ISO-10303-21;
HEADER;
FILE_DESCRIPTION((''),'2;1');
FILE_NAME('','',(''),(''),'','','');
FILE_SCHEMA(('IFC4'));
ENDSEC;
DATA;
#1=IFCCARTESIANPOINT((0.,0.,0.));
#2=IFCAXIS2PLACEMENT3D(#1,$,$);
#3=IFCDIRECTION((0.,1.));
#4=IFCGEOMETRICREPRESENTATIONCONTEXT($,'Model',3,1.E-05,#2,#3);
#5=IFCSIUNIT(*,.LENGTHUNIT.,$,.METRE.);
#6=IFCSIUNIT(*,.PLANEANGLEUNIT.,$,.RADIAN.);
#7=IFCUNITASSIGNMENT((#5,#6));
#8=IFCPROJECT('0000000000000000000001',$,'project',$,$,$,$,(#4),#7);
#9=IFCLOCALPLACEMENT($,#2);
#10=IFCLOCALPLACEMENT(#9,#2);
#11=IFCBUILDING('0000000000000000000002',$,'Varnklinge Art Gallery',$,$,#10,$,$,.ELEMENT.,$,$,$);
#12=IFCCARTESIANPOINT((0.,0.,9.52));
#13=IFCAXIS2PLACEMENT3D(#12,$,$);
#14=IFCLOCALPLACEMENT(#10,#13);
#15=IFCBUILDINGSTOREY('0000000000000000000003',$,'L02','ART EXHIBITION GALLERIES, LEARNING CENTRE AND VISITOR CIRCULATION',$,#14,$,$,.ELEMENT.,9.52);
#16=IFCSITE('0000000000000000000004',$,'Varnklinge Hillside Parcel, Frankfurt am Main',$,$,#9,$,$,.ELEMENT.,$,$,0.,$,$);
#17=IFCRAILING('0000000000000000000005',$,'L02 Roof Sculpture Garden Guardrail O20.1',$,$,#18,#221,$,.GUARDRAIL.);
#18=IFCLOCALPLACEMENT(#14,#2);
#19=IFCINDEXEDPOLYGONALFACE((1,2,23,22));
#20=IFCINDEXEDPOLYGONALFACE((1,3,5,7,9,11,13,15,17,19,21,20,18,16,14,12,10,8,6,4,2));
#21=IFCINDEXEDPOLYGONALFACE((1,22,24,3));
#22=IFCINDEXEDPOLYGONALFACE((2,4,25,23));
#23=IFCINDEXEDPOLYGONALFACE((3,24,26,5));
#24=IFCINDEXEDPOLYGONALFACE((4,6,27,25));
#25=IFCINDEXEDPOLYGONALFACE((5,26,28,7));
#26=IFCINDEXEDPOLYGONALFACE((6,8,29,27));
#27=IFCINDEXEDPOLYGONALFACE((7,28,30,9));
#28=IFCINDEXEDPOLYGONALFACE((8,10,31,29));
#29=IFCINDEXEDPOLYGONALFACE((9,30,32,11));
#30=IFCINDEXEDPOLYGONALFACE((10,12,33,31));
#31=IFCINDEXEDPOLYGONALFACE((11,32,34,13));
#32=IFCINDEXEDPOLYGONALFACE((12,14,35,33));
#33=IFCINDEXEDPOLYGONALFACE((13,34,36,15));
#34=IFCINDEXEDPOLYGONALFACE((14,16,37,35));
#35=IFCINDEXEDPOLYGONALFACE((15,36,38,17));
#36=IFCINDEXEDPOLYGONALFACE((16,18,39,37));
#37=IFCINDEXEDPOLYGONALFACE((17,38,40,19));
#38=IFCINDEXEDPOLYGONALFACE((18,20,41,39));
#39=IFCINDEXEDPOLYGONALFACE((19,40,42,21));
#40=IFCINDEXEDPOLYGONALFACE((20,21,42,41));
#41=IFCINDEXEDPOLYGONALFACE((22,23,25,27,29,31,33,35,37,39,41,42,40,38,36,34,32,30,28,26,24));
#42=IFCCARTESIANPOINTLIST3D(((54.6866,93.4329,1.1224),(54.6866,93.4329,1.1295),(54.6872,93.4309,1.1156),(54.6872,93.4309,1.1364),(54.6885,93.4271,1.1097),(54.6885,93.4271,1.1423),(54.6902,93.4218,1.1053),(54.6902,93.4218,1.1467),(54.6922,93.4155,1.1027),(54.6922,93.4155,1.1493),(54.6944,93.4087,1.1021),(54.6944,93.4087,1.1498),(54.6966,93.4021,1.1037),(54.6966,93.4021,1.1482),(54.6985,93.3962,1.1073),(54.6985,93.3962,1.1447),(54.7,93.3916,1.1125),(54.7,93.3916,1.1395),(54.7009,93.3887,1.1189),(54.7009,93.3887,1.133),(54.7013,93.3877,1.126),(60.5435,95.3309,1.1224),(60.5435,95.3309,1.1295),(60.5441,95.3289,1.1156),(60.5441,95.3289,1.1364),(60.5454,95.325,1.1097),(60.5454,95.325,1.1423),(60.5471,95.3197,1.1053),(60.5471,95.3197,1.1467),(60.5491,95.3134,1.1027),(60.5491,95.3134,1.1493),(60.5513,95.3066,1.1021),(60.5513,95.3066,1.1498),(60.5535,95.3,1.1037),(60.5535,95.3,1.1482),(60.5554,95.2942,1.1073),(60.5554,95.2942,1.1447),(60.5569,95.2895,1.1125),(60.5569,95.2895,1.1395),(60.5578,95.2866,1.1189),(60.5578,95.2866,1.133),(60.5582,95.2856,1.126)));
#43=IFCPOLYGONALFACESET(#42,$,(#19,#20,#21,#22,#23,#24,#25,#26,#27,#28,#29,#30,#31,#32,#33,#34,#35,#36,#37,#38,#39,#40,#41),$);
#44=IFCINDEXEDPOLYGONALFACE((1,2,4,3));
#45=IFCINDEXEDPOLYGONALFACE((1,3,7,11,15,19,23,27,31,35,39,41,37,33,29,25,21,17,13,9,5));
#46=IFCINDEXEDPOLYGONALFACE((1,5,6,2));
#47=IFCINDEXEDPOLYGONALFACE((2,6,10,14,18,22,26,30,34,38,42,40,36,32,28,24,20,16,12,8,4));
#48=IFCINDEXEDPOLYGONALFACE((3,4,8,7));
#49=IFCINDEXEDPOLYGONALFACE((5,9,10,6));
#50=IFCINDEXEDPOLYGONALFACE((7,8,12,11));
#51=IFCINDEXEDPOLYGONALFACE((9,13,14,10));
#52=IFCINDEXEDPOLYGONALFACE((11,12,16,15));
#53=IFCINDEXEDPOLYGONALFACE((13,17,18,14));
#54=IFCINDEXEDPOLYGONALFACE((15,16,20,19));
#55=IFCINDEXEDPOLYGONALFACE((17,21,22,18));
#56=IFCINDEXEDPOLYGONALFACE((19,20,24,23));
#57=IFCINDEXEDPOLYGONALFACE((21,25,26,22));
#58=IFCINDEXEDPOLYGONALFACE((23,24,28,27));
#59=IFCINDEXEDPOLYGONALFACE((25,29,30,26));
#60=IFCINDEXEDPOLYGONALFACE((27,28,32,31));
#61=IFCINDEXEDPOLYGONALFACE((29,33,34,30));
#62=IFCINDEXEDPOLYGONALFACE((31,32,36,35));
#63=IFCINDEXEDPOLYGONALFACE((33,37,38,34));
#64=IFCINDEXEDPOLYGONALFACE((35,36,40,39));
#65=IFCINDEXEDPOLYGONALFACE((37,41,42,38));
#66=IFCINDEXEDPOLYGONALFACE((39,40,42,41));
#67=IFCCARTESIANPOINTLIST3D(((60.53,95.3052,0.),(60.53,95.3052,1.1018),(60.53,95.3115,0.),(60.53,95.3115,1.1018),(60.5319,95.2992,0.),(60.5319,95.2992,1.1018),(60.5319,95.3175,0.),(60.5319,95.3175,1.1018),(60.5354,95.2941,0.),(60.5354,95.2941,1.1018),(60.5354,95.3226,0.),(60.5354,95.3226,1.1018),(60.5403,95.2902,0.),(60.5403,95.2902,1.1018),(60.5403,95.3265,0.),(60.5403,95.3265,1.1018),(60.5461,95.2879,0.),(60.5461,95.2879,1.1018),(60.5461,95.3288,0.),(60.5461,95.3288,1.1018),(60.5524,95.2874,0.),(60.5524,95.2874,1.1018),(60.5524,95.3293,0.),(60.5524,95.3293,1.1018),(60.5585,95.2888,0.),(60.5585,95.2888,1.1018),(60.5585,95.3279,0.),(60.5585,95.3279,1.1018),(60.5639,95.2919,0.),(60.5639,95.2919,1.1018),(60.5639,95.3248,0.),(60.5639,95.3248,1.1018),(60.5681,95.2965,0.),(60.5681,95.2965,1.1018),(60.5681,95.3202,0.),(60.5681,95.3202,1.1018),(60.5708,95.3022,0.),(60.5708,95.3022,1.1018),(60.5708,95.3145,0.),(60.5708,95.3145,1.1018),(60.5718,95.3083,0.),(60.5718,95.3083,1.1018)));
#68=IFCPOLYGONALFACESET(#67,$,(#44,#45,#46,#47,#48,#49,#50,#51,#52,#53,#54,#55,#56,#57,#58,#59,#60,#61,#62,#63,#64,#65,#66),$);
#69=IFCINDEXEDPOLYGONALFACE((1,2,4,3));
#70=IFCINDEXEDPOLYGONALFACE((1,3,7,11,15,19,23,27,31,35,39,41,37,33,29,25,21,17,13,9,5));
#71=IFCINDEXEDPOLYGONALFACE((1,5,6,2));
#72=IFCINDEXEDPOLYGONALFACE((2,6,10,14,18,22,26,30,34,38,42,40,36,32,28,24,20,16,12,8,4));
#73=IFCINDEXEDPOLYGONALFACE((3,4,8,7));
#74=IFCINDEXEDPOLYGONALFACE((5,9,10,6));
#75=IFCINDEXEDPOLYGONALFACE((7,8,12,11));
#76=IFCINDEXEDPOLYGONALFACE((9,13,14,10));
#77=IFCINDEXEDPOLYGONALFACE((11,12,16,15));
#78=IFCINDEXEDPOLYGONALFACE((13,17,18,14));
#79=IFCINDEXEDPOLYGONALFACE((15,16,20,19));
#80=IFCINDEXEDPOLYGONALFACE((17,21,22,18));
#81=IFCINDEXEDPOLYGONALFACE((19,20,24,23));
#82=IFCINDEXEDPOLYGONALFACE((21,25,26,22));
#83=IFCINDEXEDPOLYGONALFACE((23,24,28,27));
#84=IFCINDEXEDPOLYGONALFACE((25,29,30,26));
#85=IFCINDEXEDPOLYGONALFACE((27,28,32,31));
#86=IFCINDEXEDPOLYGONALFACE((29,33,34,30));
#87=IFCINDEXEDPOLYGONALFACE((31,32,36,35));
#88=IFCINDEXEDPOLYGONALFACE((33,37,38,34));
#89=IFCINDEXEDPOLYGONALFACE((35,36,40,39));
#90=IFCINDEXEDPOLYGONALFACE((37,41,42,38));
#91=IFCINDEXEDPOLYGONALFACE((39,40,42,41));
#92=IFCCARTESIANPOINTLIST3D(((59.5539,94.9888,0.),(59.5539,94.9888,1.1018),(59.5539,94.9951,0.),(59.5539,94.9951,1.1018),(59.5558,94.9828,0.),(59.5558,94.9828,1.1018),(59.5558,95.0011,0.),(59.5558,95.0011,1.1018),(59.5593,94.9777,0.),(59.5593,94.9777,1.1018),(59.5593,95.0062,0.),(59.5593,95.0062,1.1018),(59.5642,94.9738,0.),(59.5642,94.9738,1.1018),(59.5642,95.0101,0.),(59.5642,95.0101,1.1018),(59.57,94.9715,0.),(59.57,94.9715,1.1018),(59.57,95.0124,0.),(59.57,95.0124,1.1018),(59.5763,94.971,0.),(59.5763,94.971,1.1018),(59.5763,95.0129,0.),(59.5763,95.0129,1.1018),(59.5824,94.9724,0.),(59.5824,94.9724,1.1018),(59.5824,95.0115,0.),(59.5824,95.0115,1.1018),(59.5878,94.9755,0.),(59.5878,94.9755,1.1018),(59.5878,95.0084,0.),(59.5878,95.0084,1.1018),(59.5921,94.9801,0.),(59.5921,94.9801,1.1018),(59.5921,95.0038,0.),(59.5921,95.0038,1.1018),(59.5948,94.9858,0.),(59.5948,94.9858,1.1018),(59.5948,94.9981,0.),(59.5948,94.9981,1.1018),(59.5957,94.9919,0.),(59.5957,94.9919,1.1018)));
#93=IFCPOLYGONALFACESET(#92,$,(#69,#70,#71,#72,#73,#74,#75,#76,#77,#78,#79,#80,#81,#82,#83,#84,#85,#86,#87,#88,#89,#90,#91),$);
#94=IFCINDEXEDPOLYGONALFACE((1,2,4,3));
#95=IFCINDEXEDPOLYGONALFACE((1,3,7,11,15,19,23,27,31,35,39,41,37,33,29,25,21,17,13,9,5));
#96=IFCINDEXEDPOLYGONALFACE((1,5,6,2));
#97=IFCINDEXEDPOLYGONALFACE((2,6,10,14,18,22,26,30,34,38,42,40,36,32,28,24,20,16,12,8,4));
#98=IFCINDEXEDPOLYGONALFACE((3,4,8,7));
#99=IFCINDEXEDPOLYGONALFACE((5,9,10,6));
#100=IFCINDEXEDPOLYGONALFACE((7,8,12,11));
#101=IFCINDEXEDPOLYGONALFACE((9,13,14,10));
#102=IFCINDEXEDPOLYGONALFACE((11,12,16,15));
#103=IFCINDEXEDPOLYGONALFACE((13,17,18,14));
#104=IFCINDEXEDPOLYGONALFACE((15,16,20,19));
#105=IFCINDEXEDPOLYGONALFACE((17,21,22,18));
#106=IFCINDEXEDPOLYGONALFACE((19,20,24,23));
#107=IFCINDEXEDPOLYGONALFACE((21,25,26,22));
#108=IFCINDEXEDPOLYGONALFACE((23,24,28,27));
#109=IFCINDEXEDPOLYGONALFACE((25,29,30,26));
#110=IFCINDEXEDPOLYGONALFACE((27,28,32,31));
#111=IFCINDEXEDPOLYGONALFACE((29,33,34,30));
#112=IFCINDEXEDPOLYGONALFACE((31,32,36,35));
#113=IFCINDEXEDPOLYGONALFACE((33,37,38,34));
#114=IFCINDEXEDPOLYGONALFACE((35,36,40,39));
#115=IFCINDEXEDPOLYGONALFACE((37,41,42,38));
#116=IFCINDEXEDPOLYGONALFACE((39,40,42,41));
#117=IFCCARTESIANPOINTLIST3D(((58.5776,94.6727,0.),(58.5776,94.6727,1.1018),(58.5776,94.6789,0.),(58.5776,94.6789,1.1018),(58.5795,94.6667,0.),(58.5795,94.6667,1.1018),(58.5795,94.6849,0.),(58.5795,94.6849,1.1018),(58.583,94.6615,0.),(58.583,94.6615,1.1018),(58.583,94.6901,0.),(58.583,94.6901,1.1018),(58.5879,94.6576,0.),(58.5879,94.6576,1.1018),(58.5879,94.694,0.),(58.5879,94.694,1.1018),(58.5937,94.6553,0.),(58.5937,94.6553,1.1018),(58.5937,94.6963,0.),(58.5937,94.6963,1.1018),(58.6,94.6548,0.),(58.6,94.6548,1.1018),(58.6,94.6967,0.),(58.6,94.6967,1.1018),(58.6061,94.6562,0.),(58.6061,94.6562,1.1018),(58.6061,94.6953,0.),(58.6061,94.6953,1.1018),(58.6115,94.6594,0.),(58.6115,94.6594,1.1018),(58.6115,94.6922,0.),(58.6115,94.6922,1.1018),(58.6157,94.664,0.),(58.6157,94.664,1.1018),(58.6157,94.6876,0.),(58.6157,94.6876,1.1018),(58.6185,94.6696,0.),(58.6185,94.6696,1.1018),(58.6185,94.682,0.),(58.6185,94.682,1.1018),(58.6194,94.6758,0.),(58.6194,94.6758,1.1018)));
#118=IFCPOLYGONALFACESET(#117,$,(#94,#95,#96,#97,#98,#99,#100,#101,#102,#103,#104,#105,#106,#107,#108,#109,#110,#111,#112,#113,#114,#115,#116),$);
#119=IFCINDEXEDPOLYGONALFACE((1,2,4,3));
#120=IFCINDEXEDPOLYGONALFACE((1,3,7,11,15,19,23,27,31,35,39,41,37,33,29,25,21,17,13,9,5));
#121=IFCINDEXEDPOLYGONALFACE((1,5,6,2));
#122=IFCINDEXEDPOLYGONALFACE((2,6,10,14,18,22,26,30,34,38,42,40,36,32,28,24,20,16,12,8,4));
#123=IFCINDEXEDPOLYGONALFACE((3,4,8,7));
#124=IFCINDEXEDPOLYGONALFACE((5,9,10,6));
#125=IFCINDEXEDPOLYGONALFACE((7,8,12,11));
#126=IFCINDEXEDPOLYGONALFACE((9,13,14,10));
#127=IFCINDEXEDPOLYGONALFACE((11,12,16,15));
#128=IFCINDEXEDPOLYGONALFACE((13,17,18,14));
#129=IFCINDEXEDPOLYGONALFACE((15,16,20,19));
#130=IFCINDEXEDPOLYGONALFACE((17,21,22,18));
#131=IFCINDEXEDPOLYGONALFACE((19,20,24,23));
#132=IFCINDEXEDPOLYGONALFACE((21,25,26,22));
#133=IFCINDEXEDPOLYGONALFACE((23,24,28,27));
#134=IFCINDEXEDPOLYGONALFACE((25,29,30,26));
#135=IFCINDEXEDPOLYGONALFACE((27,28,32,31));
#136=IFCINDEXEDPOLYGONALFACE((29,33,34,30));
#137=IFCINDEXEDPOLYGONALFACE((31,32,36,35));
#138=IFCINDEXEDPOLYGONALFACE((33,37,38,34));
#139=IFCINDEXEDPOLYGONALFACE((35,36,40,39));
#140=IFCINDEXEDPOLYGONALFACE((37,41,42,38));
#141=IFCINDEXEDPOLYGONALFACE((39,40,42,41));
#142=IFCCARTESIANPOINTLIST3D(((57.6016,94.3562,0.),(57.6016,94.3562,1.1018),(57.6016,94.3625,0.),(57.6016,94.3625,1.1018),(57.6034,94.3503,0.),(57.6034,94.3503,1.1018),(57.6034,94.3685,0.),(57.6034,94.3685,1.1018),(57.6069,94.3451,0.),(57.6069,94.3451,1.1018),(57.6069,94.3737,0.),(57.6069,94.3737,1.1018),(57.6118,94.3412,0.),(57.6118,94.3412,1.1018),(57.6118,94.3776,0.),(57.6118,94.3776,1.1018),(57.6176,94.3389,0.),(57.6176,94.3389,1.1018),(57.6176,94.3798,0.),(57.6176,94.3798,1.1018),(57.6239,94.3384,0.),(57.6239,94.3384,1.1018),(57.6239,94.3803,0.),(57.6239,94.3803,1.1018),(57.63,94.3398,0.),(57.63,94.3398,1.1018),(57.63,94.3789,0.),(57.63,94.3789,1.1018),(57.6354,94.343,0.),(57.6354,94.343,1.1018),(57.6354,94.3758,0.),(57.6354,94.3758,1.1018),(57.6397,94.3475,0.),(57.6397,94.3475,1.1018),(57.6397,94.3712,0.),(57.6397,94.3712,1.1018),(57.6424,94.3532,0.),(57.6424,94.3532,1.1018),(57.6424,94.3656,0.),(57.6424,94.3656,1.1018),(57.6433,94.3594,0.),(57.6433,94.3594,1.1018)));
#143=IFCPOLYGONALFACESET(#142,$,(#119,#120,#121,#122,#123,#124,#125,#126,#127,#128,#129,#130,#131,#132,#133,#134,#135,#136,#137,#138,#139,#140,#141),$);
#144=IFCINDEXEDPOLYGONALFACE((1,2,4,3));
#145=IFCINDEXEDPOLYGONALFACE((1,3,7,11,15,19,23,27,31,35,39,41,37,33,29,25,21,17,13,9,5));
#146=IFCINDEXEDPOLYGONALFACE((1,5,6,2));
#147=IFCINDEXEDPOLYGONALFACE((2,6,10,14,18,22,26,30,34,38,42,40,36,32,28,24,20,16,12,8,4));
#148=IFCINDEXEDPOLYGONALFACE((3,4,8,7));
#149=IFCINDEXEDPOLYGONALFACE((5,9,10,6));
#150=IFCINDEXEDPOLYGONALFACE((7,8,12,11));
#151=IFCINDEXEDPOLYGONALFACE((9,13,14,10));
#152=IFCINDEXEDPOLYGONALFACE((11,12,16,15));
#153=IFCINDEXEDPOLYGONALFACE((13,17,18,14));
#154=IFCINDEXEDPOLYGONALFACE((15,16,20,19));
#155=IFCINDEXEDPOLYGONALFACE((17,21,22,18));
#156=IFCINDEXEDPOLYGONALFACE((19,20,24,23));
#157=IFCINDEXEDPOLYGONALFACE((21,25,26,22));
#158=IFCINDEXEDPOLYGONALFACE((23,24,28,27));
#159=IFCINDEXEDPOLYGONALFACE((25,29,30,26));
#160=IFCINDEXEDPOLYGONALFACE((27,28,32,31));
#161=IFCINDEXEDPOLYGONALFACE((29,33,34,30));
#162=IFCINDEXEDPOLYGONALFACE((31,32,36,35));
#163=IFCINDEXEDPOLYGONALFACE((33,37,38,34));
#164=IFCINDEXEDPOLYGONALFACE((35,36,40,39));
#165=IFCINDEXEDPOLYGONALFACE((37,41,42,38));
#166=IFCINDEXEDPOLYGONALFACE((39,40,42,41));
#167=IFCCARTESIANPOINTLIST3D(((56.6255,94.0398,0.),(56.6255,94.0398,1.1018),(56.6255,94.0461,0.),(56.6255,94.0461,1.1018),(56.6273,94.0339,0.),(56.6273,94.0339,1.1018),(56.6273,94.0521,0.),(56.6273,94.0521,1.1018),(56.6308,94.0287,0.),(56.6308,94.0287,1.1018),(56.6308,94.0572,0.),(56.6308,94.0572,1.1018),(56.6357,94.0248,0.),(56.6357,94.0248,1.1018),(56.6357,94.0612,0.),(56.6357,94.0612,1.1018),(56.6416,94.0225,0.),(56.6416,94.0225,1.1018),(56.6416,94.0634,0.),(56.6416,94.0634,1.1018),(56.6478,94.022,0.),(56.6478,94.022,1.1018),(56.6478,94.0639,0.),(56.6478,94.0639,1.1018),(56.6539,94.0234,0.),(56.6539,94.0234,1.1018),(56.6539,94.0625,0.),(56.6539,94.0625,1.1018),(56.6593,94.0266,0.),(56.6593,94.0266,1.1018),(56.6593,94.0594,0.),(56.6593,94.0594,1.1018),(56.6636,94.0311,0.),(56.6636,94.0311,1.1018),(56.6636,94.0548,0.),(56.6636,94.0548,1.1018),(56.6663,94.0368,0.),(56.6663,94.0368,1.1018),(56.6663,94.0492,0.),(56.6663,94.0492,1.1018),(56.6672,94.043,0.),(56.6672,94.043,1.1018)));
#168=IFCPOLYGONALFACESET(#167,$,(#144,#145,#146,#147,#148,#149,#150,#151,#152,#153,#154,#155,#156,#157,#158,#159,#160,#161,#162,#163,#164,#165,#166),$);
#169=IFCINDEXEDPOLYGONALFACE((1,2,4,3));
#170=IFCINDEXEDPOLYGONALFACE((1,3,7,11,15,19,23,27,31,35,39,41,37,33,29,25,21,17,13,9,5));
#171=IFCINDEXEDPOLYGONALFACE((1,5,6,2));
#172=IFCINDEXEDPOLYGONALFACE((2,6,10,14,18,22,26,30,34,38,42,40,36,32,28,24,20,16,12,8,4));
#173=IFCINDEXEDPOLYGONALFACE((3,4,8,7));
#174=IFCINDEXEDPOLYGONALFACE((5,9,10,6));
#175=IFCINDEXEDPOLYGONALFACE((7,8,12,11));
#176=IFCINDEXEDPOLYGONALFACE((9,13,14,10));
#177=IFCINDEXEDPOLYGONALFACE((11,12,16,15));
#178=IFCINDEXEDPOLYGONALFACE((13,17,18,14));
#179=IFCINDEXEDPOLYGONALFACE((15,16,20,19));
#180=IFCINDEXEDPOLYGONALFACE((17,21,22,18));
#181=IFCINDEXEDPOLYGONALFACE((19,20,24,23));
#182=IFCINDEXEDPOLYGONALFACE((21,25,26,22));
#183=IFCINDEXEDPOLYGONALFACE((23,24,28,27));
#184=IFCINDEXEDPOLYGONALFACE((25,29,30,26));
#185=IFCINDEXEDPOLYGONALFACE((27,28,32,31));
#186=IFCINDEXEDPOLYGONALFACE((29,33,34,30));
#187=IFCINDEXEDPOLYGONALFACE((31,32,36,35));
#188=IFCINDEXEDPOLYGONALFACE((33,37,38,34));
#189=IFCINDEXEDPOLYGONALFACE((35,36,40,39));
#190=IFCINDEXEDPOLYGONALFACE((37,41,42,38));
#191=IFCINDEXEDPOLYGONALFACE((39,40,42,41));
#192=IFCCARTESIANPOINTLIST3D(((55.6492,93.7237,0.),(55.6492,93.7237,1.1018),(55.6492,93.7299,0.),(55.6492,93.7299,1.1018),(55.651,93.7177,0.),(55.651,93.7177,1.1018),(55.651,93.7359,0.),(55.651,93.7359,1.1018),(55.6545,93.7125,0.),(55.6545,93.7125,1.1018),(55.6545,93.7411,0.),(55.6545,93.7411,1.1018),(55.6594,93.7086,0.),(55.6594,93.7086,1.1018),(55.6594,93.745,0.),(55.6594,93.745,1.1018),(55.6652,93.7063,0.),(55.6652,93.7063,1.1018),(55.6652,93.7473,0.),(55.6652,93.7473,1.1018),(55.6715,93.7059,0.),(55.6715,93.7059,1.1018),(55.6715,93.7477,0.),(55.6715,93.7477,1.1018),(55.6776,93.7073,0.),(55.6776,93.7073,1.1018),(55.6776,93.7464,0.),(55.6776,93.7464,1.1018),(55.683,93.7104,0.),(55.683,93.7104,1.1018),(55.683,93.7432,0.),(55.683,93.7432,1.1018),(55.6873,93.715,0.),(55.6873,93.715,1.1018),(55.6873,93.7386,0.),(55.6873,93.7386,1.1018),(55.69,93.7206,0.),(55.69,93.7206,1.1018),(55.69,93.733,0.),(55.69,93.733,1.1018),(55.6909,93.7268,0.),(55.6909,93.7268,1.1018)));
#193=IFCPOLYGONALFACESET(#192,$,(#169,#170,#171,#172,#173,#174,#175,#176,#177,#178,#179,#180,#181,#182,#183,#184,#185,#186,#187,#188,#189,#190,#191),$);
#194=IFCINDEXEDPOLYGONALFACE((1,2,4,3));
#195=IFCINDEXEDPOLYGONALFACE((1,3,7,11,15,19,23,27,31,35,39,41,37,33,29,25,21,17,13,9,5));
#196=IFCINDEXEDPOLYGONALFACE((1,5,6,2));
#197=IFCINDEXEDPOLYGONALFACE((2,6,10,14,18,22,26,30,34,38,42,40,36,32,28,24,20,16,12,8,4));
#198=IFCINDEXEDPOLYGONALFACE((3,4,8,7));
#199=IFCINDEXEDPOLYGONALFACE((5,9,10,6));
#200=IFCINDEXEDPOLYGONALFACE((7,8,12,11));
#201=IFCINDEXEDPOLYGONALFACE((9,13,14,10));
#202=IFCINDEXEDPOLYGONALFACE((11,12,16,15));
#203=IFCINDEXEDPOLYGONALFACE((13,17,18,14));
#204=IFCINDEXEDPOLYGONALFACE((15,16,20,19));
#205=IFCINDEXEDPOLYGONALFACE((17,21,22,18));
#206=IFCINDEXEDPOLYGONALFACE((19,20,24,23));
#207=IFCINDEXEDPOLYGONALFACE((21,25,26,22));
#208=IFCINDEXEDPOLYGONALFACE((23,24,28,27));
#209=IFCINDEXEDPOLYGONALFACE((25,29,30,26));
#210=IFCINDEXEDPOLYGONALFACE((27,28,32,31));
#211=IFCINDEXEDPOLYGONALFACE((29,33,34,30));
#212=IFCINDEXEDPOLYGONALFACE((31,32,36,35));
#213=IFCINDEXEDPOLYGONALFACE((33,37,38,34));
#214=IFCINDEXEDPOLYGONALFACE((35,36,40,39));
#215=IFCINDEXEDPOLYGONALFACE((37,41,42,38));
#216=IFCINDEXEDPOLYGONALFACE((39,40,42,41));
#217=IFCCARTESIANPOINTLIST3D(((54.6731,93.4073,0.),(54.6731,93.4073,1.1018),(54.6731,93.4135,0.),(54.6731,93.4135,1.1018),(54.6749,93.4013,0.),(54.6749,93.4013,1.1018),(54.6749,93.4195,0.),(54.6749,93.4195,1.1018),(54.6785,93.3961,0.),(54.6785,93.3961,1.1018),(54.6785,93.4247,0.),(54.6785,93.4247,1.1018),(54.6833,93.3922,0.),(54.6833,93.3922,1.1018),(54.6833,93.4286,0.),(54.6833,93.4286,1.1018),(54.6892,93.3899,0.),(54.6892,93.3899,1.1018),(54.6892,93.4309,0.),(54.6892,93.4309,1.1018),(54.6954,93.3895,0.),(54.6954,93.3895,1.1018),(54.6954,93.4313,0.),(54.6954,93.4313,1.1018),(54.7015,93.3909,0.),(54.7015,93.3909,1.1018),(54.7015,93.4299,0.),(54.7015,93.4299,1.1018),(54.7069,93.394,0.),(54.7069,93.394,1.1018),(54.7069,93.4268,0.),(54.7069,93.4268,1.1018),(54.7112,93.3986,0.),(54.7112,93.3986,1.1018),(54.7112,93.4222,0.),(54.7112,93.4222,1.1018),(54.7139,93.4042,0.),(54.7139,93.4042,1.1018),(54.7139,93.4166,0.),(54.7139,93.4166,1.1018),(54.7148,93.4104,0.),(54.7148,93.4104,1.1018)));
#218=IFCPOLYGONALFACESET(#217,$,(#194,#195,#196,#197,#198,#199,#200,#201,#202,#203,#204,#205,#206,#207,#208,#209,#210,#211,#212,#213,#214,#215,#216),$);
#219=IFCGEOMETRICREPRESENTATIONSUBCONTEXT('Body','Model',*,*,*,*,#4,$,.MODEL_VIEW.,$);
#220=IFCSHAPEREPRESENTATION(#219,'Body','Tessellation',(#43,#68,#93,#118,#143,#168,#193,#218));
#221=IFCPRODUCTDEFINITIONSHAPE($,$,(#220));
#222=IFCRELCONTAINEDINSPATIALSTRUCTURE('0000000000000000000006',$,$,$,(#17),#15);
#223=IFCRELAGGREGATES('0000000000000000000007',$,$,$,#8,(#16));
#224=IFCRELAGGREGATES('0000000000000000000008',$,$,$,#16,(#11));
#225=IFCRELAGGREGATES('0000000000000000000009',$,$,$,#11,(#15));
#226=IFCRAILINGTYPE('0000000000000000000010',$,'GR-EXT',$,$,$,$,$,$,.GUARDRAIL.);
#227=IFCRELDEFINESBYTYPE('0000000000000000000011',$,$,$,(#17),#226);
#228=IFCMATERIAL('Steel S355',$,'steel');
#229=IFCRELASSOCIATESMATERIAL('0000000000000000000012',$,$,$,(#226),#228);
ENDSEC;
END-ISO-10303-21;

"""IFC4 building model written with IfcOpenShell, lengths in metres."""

from ifc_helpers import new_model, si_unit, direction, frame, origin, origin_2d, place, context, subcontext, project, spatial, circle, extrude, material, type_object, element, save


model = new_model("IFC4")

# Units and contexts
model_context = context("Model", 3, precision=1e-05, world=origin(), true_north=direction((0.0, 1.0)))
body_context = subcontext(model_context, "Body", "Model", "MODEL_VIEW")
ifc_project = project(units=[si_unit("LENGTHUNIT", "METRE"), si_unit("PLANEANGLEUNIT", "RADIAN")], contexts=[model_context])

# Site, building, storey
site_placement = place(None, origin())
site = spatial("IfcSite", under=ifc_project, at=site_placement, Name="Varnklinge Hillside Parcel, Frankfurt am Main", CompositionType="ELEMENT", RefElevation=0.0)
building_placement = place(site_placement, origin())
building = spatial("IfcBuilding", under=site, at=building_placement, Name="Varnklinge Art Gallery", CompositionType="ELEMENT")
storey_placement = place(building_placement, frame((0.0, 0.0, 9.52)))
storey = spatial("IfcBuildingStorey", under=building, at=storey_placement, Name="L02", Description="ART EXHIBITION GALLERIES, LEARNING CENTRE AND VISITOR CIRCULATION", CompositionType="ELEMENT", Elevation=9.52)

# Railing
ifc_material_1 = material(Name="Steel S355", Category="steel")
railing_type_1 = type_object("IfcRailingType", Name="GR-EXT", PredefinedType="GUARDRAIL", material=ifc_material_1)
railing_1_placement = place(storey_placement, frame((60.5508, 95.3083, 0.0)))
element("IfcRailing", 1, at=railing_1_placement, inside=storey, type_object=railing_type_1, Name="L02 Roof Sculpture Garden Guardrail O20.1", PredefinedType="GUARDRAIL", context=body_context, shape_type="SweptSolid", body=[
    extrude(circle(Radius=0.0239, at=origin_2d()), frame((0.0, 0.0, 1.126), z_axis=(-0.951299, -0.30827, 0.0), x_axis=(0.30827, -0.951299, 0.0)), (0.0, 0.0, 1.0), 6.1567),
    extrude(circle(Radius=0.021, at=origin_2d()), origin(), (0.0, 0.0, 1.0), 1.1018),
    extrude(circle(Radius=0.021, at=origin_2d()), frame((-0.9761, -0.3164, 0.0)), (0.0, 0.0, 1.0), 1.1018),
    extrude(circle(Radius=0.021, at=origin_2d()), frame((-1.9524, -0.6326, 0.0)), (0.0, 0.0, 1.0), 1.1018),
    extrude(circle(Radius=0.021, at=origin_2d()), frame((-2.9285, -0.949, 0.0)), (0.0, 0.0, 1.0), 1.1018),
    extrude(circle(Radius=0.021, at=origin_2d()), frame((-3.9045, -1.2654, 0.0)), (0.0, 0.0, 1.0), 1.1018),
    extrude(circle(Radius=0.021, at=origin_2d()), frame((-4.8809, -1.5815, 0.0)), (0.0, 0.0, 1.0), 1.1018),
    extrude(circle(Radius=0.021, at=origin_2d()), frame((-5.8569, -1.8979, 0.0)), (0.0, 0.0, 1.0), 1.1018),
])

save(model, "model.ifc")
